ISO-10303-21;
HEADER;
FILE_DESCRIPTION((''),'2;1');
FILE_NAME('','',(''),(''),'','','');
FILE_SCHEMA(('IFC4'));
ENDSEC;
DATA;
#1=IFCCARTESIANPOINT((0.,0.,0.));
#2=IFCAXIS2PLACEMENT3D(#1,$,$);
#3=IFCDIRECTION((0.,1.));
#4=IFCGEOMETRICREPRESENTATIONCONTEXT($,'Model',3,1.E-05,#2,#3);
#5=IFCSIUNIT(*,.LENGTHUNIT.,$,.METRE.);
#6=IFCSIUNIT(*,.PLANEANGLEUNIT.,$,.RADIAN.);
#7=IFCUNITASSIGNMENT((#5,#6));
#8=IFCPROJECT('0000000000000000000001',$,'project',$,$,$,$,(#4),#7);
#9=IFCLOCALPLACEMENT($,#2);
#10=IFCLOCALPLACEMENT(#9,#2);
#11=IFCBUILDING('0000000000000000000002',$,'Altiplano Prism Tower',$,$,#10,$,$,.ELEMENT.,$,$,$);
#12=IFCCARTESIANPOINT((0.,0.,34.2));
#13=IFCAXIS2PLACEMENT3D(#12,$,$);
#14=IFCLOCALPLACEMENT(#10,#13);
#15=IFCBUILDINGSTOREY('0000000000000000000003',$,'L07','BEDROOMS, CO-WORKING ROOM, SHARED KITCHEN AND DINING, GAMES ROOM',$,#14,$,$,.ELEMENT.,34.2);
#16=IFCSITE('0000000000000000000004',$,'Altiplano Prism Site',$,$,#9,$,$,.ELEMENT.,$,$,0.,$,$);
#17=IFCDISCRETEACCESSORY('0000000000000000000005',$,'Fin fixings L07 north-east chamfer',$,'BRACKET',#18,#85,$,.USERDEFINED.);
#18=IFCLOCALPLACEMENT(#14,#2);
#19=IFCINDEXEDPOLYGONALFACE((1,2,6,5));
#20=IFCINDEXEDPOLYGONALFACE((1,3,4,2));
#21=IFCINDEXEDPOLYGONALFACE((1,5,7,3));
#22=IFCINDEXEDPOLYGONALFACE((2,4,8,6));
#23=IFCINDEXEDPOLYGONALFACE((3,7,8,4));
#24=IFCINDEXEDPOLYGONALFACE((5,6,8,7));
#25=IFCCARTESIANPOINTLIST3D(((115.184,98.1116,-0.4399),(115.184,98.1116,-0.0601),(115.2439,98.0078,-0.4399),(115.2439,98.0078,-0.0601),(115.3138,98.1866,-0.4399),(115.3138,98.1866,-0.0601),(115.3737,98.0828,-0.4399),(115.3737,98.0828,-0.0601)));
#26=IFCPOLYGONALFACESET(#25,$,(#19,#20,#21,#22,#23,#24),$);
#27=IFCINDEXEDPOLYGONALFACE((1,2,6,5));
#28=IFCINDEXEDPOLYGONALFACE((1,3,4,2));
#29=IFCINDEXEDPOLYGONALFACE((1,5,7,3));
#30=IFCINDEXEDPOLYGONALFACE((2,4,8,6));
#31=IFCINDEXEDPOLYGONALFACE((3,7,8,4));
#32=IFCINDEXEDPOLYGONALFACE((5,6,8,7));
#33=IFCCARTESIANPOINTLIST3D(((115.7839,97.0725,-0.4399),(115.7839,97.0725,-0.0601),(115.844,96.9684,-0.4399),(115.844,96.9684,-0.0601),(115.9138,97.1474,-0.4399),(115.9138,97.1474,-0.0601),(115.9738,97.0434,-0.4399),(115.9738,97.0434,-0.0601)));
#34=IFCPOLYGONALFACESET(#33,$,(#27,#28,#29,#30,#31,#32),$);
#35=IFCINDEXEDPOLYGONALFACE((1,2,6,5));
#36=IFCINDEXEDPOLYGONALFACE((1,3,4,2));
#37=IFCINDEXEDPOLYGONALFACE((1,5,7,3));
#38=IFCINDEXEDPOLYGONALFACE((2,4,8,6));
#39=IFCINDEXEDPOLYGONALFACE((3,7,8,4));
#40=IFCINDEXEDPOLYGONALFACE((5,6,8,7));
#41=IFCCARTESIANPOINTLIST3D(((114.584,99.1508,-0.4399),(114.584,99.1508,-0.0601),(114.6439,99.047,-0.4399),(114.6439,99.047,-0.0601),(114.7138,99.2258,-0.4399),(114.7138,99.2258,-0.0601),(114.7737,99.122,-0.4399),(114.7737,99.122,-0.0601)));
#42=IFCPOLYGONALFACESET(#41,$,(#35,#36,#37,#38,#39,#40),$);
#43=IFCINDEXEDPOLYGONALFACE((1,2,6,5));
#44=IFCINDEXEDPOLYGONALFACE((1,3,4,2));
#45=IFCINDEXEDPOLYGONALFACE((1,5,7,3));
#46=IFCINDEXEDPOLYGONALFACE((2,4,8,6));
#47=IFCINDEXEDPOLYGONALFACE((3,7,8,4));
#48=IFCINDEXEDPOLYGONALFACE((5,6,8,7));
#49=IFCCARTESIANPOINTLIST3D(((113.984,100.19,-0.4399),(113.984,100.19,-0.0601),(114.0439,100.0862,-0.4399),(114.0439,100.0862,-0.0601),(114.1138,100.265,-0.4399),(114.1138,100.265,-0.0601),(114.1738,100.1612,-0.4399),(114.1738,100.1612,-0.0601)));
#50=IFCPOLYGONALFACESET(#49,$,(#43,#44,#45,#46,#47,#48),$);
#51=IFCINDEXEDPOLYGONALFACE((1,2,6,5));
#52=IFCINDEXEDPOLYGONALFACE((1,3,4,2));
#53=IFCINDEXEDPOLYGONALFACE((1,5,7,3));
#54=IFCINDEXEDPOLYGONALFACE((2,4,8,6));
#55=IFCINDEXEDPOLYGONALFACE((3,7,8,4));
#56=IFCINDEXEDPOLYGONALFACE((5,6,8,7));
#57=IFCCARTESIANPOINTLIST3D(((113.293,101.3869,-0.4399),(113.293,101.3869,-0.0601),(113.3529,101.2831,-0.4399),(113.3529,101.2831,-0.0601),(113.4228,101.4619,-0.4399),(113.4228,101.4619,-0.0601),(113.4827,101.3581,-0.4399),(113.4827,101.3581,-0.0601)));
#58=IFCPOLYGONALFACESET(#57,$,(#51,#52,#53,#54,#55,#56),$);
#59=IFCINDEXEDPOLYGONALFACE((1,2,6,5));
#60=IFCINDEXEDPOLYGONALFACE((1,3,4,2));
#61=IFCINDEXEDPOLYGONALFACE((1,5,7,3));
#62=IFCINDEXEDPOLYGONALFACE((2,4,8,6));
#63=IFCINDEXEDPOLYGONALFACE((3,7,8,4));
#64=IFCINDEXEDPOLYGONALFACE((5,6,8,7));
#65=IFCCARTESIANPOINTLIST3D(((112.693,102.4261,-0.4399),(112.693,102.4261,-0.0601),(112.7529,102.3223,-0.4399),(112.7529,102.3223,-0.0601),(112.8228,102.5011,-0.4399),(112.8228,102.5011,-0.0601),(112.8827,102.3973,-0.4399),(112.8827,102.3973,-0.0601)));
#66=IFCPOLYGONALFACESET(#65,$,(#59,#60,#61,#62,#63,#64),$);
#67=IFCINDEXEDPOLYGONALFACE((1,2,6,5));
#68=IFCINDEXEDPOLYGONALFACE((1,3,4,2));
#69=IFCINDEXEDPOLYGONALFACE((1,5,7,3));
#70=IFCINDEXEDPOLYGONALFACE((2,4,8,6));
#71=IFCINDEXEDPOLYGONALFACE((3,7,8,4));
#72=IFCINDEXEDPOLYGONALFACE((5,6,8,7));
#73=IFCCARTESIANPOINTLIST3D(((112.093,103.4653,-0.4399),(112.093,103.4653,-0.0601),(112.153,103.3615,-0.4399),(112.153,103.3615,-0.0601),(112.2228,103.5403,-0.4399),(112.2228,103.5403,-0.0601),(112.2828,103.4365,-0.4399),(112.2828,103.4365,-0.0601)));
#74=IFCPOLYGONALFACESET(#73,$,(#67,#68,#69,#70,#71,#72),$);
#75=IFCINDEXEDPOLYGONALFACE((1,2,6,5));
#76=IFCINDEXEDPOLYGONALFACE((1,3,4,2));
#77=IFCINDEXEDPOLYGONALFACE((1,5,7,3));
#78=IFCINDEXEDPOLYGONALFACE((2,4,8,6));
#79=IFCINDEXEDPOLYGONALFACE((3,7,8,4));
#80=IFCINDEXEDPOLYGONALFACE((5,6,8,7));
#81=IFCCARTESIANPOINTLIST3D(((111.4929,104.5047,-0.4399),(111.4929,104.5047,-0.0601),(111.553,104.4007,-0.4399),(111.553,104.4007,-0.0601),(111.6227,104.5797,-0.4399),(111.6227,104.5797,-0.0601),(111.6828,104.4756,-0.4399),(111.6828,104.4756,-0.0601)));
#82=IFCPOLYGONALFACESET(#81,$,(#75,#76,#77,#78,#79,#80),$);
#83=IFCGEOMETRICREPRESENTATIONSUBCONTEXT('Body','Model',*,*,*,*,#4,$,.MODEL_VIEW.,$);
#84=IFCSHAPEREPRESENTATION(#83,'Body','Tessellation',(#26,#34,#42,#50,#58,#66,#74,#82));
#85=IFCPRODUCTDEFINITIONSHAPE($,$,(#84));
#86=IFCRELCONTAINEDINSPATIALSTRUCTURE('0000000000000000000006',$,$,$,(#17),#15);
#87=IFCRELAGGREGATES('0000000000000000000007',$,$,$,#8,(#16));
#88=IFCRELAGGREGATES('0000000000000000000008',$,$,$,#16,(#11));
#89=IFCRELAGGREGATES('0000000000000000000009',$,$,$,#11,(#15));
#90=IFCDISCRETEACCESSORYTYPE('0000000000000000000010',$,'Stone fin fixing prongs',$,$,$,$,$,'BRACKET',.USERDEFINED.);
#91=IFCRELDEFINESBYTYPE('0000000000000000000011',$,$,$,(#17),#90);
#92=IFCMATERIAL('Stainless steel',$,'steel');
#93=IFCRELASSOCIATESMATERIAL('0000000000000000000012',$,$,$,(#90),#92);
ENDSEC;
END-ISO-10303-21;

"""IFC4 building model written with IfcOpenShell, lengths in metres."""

from ifc_helpers import new_model, si_unit, direction, frame, origin, place, context, subcontext, project, spatial, polyline, outline, extrude, source, transform, mapped, material, type_object, element, save


model = new_model("IFC4")

# Units and contexts
model_context = context("Model", 3, precision=1e-05, world=origin(), true_north=direction((0.0, 1.0)))
body_context = subcontext(model_context, "Body", "Model", "MODEL_VIEW")
ifc_project = project(units=[si_unit("LENGTHUNIT", "METRE"), si_unit("PLANEANGLEUNIT", "RADIAN")], contexts=[model_context])

# Site, building, storey
site_placement = place(None, origin())
site = spatial("IfcSite", under=ifc_project, at=site_placement, Name="Altiplano Prism Site", CompositionType="ELEMENT", RefElevation=0.0)
building_placement = place(site_placement, origin())
building = spatial("IfcBuilding", under=site, at=building_placement, Name="Altiplano Prism Tower", CompositionType="ELEMENT")
storey_placement = place(building_placement, frame((0.0, 0.0, 34.2)))
storey = spatial("IfcBuildingStorey", under=building, at=storey_placement, Name="L07", Description="BEDROOMS, CO-WORKING ROOM, SHARED KITCHEN AND DINING, GAMES ROOM", CompositionType="ELEMENT", Elevation=34.2)

# Discrete accessory
ifc_material_1 = material(Name="Stainless steel", Category="steel")
discrete_accessory_type = type_object("IfcDiscreteAccessoryType", Name="Stone fin fixing prongs", ElementType="BRACKET", PredefinedType="USERDEFINED", material=ifc_material_1)
shared_shape_1 = source(origin(), body_context, "Body", "SweptSolid", [
    extrude(outline(polyline([(-3.1509, 0.0601), (-3.031, 0.0601), (-3.031, 0.4399), (-3.1509, 0.4399), (-3.1509, 0.0601)])), frame((0.0, 0.0, 0.0), z_axis=(0.0, -1.0, 0.0), x_axis=(1.0, 0.0, 0.0)), (0.0, 0.0, 1.0), 0.1499),
    extrude(outline(polyline([(-4.3511, 0.0601), (-4.231, 0.0601), (-4.231, 0.4399), (-4.3511, 0.4399), (-4.3511, 0.0601)])), frame((0.0, 0.0, 0.0), z_axis=(0.0, -1.0, 0.0), x_axis=(1.0, 0.0, 0.0)), (0.0, 0.0, 1.0), 0.1499),
    extrude(outline(polyline([(-1.9509, 0.0601), (-1.8311, 0.0601), (-1.8311, 0.4399), (-1.9509, 0.4399), (-1.9509, 0.0601)])), frame((0.0, 0.0, 0.0), z_axis=(0.0, -1.0, 0.0), x_axis=(1.0, 0.0, 0.0)), (0.0, 0.0, 1.0), 0.1499),
    extrude(outline(polyline([(-0.751, 0.0601), (-0.6311, 0.0601), (-0.6311, 0.4399), (-0.751, 0.4399), (-0.751, 0.0601)])), frame((0.0, 0.0, 0.0), z_axis=(0.0, -1.0, 0.0), x_axis=(1.0, 0.0, 0.0)), (0.0, 0.0, 1.0), 0.1499),
    extrude(outline(polyline([(0.6311, 0.0601), (0.751, 0.0601), (0.751, 0.4399), (0.6311, 0.4399), (0.6311, 0.0601)])), frame((0.0, 0.0, 0.0), z_axis=(0.0, -1.0, 0.0), x_axis=(1.0, 0.0, 0.0)), (0.0, 0.0, 1.0), 0.1499),
    extrude(outline(polyline([(1.8311, 0.0601), (1.9509, 0.0601), (1.9509, 0.4399), (1.8311, 0.4399), (1.8311, 0.0601)])), frame((0.0, 0.0, 0.0), z_axis=(0.0, -1.0, 0.0), x_axis=(1.0, 0.0, 0.0)), (0.0, 0.0, 1.0), 0.1499),
    extrude(outline(polyline([(3.031, 0.0601), (3.1509, 0.0601), (3.1509, 0.4399), (3.031, 0.4399), (3.031, 0.0601)])), frame((0.0, 0.0, 0.0), z_axis=(0.0, -1.0, 0.0), x_axis=(1.0, 0.0, 0.0)), (0.0, 0.0, 1.0), 0.1499),
    extrude(outline(polyline([(4.231, 0.0601), (4.3511, 0.0601), (4.3511, 0.4399), (4.231, 0.4399), (4.231, 0.0601)])), frame((0.0, 0.0, 0.0), z_axis=(0.0, -1.0, 0.0), x_axis=(1.0, 0.0, 0.0)), (0.0, 0.0, 1.0), 0.1499),
])
discrete_accessory_1_placement = place(storey_placement, origin())
element("IfcDiscreteAccessory", 1, at=discrete_accessory_1_placement, inside=storey, type_object=discrete_accessory_type, Name="Fin fixings L07 north-east chamfer", ObjectType="BRACKET", PredefinedType="USERDEFINED", context=body_context, shape_type="MappedRepresentation", body=[
    mapped(shared_shape_1, transform((113.6685, 100.7366, -0.5), x_axis=(-0.5, 0.866025, 0.0), y_axis=(-0.866025, -0.5, 0.0), z_axis=(0.0, 0.0, 1.0))),
])

save(model, "model.ifc")
